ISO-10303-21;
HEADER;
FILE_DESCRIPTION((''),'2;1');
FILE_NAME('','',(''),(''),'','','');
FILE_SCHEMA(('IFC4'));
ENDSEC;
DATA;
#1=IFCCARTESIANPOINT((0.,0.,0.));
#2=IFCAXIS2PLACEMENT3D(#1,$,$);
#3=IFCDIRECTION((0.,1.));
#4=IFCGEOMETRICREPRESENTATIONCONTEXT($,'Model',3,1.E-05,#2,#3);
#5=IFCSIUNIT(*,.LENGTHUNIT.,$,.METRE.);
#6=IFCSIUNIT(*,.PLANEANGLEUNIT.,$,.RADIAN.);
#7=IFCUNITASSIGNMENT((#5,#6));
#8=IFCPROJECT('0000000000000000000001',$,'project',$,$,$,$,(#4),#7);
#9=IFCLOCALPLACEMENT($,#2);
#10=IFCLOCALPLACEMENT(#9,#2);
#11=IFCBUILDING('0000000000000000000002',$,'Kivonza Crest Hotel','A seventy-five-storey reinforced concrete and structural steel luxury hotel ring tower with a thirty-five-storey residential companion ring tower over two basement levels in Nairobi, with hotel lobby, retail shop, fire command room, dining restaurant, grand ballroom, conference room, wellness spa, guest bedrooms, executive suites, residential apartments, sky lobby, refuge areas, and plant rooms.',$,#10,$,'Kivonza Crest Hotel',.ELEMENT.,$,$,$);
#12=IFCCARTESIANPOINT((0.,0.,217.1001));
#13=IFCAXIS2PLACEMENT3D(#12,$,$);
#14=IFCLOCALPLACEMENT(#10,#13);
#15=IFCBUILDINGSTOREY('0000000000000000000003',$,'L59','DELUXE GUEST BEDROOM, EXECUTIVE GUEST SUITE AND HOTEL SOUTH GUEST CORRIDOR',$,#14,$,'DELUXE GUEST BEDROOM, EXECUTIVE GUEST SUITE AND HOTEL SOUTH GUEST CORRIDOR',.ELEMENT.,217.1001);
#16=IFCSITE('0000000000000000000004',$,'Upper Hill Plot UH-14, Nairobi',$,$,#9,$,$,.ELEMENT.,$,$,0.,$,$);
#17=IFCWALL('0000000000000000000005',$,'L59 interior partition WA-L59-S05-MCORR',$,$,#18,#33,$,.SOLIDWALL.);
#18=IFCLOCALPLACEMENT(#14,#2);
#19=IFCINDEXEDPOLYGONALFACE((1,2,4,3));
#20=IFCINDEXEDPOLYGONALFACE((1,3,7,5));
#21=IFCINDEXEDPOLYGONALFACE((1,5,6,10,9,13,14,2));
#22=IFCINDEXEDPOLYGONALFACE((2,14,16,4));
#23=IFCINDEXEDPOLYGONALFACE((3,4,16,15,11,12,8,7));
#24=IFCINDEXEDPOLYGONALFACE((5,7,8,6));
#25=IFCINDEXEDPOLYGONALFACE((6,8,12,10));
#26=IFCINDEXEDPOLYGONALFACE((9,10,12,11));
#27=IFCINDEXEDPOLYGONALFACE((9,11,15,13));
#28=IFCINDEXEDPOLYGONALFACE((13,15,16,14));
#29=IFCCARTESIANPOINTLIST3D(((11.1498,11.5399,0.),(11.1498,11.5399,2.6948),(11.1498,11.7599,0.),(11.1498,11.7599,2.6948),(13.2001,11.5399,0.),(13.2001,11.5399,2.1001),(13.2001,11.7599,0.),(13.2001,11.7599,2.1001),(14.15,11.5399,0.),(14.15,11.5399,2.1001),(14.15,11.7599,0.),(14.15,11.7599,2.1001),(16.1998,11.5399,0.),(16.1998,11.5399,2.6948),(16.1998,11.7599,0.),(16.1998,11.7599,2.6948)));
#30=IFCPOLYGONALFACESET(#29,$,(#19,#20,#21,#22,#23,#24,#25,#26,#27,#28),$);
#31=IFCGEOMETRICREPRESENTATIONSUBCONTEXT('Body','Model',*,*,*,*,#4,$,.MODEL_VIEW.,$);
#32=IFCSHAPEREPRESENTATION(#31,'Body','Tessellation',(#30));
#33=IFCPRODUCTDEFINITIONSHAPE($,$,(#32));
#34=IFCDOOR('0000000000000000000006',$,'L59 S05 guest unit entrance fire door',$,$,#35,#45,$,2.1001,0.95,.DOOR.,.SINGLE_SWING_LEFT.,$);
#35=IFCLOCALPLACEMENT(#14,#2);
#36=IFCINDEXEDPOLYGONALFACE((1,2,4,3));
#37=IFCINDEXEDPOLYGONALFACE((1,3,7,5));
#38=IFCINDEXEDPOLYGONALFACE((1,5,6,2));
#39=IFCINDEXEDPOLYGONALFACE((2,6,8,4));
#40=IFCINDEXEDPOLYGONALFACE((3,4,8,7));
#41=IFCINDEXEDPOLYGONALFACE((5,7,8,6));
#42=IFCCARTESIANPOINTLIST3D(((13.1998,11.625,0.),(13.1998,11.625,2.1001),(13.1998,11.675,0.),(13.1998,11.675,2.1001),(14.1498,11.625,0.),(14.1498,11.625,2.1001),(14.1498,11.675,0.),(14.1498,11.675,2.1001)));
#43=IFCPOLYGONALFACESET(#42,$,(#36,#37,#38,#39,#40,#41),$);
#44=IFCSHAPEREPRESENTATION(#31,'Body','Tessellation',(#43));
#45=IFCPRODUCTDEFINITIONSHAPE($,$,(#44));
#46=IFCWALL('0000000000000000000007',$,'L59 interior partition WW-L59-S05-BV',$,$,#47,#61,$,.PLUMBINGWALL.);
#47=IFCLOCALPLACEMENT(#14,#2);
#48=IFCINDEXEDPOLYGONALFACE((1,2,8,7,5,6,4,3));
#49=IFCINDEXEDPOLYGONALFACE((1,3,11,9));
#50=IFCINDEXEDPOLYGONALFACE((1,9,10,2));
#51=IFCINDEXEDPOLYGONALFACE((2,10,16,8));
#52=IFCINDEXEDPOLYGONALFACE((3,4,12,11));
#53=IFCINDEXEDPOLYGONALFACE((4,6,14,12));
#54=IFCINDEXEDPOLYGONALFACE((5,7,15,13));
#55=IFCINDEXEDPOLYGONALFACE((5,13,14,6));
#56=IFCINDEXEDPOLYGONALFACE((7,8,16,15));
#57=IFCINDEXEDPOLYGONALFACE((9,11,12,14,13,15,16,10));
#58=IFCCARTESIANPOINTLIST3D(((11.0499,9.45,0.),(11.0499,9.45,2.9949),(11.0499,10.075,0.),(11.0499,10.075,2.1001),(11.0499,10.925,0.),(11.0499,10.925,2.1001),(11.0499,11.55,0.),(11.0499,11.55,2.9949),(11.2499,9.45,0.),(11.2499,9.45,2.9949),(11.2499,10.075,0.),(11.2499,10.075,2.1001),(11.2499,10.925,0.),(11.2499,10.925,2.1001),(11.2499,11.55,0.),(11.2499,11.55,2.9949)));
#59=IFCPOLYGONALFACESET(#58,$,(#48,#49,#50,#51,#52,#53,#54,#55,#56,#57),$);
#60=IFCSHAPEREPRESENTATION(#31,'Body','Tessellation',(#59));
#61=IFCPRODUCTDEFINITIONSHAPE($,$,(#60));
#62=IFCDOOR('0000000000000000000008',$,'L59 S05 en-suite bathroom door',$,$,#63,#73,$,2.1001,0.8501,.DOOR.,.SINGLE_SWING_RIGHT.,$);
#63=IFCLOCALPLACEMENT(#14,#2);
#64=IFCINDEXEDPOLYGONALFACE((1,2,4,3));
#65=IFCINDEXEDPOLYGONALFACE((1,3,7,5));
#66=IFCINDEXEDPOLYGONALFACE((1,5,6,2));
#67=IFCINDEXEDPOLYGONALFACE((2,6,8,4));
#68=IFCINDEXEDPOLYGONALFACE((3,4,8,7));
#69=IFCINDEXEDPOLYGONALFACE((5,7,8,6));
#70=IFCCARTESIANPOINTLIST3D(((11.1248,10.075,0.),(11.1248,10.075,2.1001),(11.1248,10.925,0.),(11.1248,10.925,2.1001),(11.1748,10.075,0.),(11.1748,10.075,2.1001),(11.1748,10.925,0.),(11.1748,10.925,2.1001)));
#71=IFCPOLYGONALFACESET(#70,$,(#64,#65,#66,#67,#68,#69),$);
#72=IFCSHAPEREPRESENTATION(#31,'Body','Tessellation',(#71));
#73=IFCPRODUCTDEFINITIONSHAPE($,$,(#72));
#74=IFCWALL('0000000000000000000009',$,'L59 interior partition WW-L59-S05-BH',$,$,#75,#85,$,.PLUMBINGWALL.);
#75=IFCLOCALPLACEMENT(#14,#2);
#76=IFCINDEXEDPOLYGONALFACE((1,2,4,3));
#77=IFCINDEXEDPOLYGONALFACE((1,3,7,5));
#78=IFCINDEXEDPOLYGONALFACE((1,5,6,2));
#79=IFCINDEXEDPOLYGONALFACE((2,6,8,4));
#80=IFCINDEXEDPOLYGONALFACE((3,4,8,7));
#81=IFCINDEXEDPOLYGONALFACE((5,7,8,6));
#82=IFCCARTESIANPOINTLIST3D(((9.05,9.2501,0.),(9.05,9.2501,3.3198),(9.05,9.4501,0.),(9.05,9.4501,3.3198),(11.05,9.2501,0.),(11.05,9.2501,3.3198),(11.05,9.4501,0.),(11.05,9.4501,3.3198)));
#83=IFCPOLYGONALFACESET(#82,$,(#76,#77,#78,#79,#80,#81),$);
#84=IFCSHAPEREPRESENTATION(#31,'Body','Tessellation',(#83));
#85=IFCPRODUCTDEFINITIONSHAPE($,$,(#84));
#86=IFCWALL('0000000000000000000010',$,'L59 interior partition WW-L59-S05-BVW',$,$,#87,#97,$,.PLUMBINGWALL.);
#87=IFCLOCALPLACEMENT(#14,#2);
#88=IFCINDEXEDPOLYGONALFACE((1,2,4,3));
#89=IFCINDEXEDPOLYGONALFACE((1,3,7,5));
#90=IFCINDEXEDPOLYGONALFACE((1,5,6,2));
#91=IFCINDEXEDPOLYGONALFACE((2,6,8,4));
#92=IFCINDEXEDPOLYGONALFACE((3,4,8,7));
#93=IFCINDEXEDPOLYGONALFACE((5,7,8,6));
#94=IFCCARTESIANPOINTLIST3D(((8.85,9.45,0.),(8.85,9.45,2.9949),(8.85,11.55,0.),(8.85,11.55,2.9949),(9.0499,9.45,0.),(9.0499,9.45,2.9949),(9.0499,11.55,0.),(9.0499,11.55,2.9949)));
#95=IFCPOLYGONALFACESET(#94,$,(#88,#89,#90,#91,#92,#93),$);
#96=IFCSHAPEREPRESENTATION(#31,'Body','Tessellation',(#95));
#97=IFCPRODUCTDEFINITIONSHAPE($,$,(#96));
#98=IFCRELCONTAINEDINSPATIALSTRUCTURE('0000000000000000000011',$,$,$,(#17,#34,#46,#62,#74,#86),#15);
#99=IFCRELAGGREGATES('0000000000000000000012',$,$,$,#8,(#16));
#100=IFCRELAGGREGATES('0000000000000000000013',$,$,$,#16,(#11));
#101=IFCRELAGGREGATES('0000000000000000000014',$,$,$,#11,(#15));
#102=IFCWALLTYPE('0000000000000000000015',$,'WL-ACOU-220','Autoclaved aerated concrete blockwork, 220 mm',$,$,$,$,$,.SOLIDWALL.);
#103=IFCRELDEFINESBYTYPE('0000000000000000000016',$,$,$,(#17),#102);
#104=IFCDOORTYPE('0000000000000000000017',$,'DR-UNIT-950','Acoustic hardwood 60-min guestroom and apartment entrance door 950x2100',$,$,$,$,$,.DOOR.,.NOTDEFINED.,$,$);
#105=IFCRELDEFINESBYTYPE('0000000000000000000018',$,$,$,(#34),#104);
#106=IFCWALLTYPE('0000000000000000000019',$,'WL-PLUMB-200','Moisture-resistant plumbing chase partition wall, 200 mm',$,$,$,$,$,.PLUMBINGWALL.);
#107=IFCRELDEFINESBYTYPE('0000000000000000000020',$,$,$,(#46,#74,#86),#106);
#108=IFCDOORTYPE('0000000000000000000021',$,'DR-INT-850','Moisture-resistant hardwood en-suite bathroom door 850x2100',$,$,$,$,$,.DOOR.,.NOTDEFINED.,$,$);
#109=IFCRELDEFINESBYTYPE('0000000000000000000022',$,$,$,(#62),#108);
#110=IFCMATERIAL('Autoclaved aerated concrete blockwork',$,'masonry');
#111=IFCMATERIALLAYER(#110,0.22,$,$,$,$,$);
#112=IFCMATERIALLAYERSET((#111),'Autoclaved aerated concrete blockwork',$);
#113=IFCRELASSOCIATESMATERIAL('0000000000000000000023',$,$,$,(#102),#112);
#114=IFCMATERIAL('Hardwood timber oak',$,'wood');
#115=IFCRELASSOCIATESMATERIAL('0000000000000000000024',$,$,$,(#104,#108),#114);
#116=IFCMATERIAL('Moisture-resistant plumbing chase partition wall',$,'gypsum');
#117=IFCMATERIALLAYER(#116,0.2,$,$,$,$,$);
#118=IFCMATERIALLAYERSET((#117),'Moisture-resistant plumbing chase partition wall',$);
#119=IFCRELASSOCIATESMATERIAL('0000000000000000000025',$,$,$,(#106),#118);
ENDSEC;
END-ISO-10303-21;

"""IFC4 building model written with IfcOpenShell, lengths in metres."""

from ifc_helpers import new_model, si_unit, direction, frame, frame_2d, origin, place, context, subcontext, project, spatial, rectangle, extrude, material, layer, layer_set, type_object, element, fill, save


model = new_model("IFC4")

# Units and contexts
model_context = context("Model", 3, precision=1e-05, world=origin(), true_north=direction((0.0, 1.0)))
body_context = subcontext(model_context, "Body", "Model", "MODEL_VIEW")
ifc_project = project(units=[si_unit("LENGTHUNIT", "METRE"), si_unit("PLANEANGLEUNIT", "RADIAN")], contexts=[model_context])

# Site, building, storey
site_placement = place(None, origin())
site = spatial("IfcSite", under=ifc_project, at=site_placement, Name="Upper Hill Plot UH-14, Nairobi", CompositionType="ELEMENT", RefElevation=0.0)
building_placement = place(site_placement, origin())
building = spatial("IfcBuilding", under=site, at=building_placement, Name="Kivonza Crest Hotel", Description="A seventy-five-storey reinforced concrete and structural steel luxury hotel ring tower with a thirty-five-storey residential companion ring tower over two basement levels in Nairobi, with hotel lobby, retail shop, fire command room, dining restaurant, grand ballroom, conference room, wellness spa, guest bedrooms, executive suites, residential apartments, sky lobby, refuge areas, and plant rooms.", LongName="Kivonza Crest Hotel", CompositionType="ELEMENT")
storey_placement = place(building_placement, frame((0.0, 0.0, 217.1001)))
storey = spatial("IfcBuildingStorey", under=building, at=storey_placement, Name="L59", Description="DELUXE GUEST BEDROOM, EXECUTIVE GUEST SUITE AND HOTEL SOUTH GUEST CORRIDOR", LongName="DELUXE GUEST BEDROOM, EXECUTIVE GUEST SUITE AND HOTEL SOUTH GUEST CORRIDOR", CompositionType="ELEMENT", Elevation=217.1001)

# Shared definitions
ifc_material_1 = material(Name="Autoclaved aerated concrete blockwork", Category="masonry")
ifc_layer_1 = layer(ifc_material_1, 0.22)
ifc_layer_set_1 = layer_set([ifc_layer_1], Name="Autoclaved aerated concrete blockwork")
wall_type_1 = type_object("IfcWallType", Name="WL-ACOU-220", Description="Autoclaved aerated concrete blockwork, 220 mm", PredefinedType="SOLIDWALL", material=ifc_layer_set_1)

# Walls, openings, doors
wall_1_placement = place(storey_placement, frame((11.1499, 11.6499, 0.0), z_axis=(0.0, 0.0, 1.0), x_axis=(1.0, 0.0, 0.0)))
wall_1 = element("IfcWall", 1, at=wall_1_placement, inside=storey, type_object=wall_type_1, Name="L59 interior partition WA-L59-S05-MCORR", PredefinedType="SOLIDWALL", context=body_context, shape_type="SweptSolid", body=[
    extrude(rectangle(XDim=5.05, YDim=0.22, at=frame_2d((2.5249, 0.0))), origin(), (0.0, 0.0, 1.0), 2.6948),
])
opening_1_placement = place(wall_1_placement, frame((2.05, 0.0, 0.0)))
opening_1 = element("IfcOpeningElement", 2, at=opening_1_placement, cuts=wall_1, PredefinedType="OPENING", context=body_context, shape_type="SweptSolid", body=[
    extrude(rectangle(XDim=0.95, YDim=2.1001, at=frame_2d((0.4751, 1.05))), frame((0.0, 0.1201, 0.0), z_axis=(0.0, -1.0, 0.0), x_axis=(1.0, 0.0, 0.0)), (0.0, 0.0, 1.0), 0.24),
])
ifc_material_2 = material(Name="Hardwood timber oak", Category="wood")
door_type_1 = type_object("IfcDoorType", Name="DR-UNIT-950", Description="Acoustic hardwood 60-min guestroom and apartment entrance door 950x2100", OperationType="NOTDEFINED", PredefinedType="DOOR", material=ifc_material_2)
door_1_placement = place(opening_1_placement, frame((0.95, 0.0, 0.0), z_axis=(0.0, 0.0, 1.0), x_axis=(-1.0, 0.0, 0.0)))
door_1 = element("IfcDoor", 3, at=door_1_placement, inside=storey, type_object=door_type_1, Name="L59 S05 guest unit entrance fire door", OperationType="SINGLE_SWING_LEFT", OverallHeight=2.1001, OverallWidth=0.95, PredefinedType="DOOR", context=body_context, shape_type="SweptSolid", body=[
    extrude(rectangle(XDim=0.95, YDim=2.1001, at=frame_2d((0.4751, 1.05))), frame((0.0, 0.0249, 0.0), z_axis=(0.0, -1.0, 0.0), x_axis=(1.0, 0.0, 0.0)), (0.0, 0.0, 1.0), 0.05),
])
fill(opening_1, door_1)
ifc_material_3 = material(Name="Moisture-resistant plumbing chase partition wall", Category="gypsum")
ifc_layer_2 = layer(ifc_material_3, 0.2)
ifc_layer_set_2 = layer_set([ifc_layer_2], Name="Moisture-resistant plumbing chase partition wall")
wall_type_2 = type_object("IfcWallType", Name="WL-PLUMB-200", Description="Moisture-resistant plumbing chase partition wall, 200 mm", PredefinedType="PLUMBINGWALL", material=ifc_layer_set_2)
wall_2_placement = place(storey_placement, frame((11.1499, 9.45, 0.0), z_axis=(0.0, 0.0, 1.0), x_axis=(0.0, 1.0, 0.0)))
wall_2 = element("IfcWall", 4, at=wall_2_placement, inside=storey, type_object=wall_type_2, Name="L59 interior partition WW-L59-S05-BV", PredefinedType="PLUMBINGWALL", context=body_context, shape_type="SweptSolid", body=[
    extrude(rectangle(XDim=2.1001, YDim=0.2, at=frame_2d((1.05, 0.0))), origin(), (0.0, 0.0, 1.0), 2.9949),
])
opening_2_placement = place(wall_2_placement, frame((0.625, 0.0, 0.0)))
opening_2 = element("IfcOpeningElement", 5, at=opening_2_placement, cuts=wall_2, PredefinedType="OPENING", context=body_context, shape_type="SweptSolid", body=[
    extrude(rectangle(XDim=0.8501, YDim=2.1001, at=frame_2d((0.425, 1.05))), frame((0.0, 0.1099, 0.0), z_axis=(0.0, -1.0, 0.0), x_axis=(1.0, 0.0, 0.0)), (0.0, 0.0, 1.0), 0.22),
])
door_type_2 = type_object("IfcDoorType", Name="DR-INT-850", Description="Moisture-resistant hardwood en-suite bathroom door 850x2100", OperationType="NOTDEFINED", PredefinedType="DOOR", material=ifc_material_2)
door_2_placement = place(opening_2_placement, frame((0.8501, 0.0, 0.0), z_axis=(0.0, 0.0, 1.0), x_axis=(-1.0, 0.0, 0.0)))
door_2 = element("IfcDoor", 6, at=door_2_placement, inside=storey, type_object=door_type_2, Name="L59 S05 en-suite bathroom door", OperationType="SINGLE_SWING_RIGHT", OverallHeight=2.1001, OverallWidth=0.8501, PredefinedType="DOOR", context=body_context, shape_type="SweptSolid", body=[
    extrude(rectangle(XDim=0.8501, YDim=2.1001, at=frame_2d((0.425, 1.05))), frame((0.0, 0.0249, 0.0), z_axis=(0.0, -1.0, 0.0), x_axis=(1.0, 0.0, 0.0)), (0.0, 0.0, 1.0), 0.05),
])
fill(opening_2, door_2)

# Walls
wall_3_placement = place(storey_placement, frame((9.05, 9.3501, 0.0), z_axis=(0.0, 0.0, 1.0), x_axis=(1.0, 0.0, 0.0)))
element("IfcWall", 7, at=wall_3_placement, inside=storey, type_object=wall_type_2, Name="L59 interior partition WW-L59-S05-BH", PredefinedType="PLUMBINGWALL", context=body_context, shape_type="SweptSolid", body=[
    extrude(rectangle(XDim=2.0, YDim=0.2, at=frame_2d((1.0, 0.0))), origin(), (0.0, 0.0, 1.0), 3.3198),
])
wall_4_placement = place(storey_placement, frame((8.95, 9.45, 0.0), z_axis=(0.0, 0.0, 1.0), x_axis=(0.0, 1.0, 0.0)))
element("IfcWall", 8, at=wall_4_placement, inside=storey, type_object=wall_type_2, Name="L59 interior partition WW-L59-S05-BVW", PredefinedType="PLUMBINGWALL", context=body_context, shape_type="SweptSolid", body=[
    extrude(rectangle(XDim=2.1001, YDim=0.2, at=frame_2d((1.05, 0.0))), origin(), (0.0, 0.0, 1.0), 2.9949),
])

save(model, "model.ifc")
